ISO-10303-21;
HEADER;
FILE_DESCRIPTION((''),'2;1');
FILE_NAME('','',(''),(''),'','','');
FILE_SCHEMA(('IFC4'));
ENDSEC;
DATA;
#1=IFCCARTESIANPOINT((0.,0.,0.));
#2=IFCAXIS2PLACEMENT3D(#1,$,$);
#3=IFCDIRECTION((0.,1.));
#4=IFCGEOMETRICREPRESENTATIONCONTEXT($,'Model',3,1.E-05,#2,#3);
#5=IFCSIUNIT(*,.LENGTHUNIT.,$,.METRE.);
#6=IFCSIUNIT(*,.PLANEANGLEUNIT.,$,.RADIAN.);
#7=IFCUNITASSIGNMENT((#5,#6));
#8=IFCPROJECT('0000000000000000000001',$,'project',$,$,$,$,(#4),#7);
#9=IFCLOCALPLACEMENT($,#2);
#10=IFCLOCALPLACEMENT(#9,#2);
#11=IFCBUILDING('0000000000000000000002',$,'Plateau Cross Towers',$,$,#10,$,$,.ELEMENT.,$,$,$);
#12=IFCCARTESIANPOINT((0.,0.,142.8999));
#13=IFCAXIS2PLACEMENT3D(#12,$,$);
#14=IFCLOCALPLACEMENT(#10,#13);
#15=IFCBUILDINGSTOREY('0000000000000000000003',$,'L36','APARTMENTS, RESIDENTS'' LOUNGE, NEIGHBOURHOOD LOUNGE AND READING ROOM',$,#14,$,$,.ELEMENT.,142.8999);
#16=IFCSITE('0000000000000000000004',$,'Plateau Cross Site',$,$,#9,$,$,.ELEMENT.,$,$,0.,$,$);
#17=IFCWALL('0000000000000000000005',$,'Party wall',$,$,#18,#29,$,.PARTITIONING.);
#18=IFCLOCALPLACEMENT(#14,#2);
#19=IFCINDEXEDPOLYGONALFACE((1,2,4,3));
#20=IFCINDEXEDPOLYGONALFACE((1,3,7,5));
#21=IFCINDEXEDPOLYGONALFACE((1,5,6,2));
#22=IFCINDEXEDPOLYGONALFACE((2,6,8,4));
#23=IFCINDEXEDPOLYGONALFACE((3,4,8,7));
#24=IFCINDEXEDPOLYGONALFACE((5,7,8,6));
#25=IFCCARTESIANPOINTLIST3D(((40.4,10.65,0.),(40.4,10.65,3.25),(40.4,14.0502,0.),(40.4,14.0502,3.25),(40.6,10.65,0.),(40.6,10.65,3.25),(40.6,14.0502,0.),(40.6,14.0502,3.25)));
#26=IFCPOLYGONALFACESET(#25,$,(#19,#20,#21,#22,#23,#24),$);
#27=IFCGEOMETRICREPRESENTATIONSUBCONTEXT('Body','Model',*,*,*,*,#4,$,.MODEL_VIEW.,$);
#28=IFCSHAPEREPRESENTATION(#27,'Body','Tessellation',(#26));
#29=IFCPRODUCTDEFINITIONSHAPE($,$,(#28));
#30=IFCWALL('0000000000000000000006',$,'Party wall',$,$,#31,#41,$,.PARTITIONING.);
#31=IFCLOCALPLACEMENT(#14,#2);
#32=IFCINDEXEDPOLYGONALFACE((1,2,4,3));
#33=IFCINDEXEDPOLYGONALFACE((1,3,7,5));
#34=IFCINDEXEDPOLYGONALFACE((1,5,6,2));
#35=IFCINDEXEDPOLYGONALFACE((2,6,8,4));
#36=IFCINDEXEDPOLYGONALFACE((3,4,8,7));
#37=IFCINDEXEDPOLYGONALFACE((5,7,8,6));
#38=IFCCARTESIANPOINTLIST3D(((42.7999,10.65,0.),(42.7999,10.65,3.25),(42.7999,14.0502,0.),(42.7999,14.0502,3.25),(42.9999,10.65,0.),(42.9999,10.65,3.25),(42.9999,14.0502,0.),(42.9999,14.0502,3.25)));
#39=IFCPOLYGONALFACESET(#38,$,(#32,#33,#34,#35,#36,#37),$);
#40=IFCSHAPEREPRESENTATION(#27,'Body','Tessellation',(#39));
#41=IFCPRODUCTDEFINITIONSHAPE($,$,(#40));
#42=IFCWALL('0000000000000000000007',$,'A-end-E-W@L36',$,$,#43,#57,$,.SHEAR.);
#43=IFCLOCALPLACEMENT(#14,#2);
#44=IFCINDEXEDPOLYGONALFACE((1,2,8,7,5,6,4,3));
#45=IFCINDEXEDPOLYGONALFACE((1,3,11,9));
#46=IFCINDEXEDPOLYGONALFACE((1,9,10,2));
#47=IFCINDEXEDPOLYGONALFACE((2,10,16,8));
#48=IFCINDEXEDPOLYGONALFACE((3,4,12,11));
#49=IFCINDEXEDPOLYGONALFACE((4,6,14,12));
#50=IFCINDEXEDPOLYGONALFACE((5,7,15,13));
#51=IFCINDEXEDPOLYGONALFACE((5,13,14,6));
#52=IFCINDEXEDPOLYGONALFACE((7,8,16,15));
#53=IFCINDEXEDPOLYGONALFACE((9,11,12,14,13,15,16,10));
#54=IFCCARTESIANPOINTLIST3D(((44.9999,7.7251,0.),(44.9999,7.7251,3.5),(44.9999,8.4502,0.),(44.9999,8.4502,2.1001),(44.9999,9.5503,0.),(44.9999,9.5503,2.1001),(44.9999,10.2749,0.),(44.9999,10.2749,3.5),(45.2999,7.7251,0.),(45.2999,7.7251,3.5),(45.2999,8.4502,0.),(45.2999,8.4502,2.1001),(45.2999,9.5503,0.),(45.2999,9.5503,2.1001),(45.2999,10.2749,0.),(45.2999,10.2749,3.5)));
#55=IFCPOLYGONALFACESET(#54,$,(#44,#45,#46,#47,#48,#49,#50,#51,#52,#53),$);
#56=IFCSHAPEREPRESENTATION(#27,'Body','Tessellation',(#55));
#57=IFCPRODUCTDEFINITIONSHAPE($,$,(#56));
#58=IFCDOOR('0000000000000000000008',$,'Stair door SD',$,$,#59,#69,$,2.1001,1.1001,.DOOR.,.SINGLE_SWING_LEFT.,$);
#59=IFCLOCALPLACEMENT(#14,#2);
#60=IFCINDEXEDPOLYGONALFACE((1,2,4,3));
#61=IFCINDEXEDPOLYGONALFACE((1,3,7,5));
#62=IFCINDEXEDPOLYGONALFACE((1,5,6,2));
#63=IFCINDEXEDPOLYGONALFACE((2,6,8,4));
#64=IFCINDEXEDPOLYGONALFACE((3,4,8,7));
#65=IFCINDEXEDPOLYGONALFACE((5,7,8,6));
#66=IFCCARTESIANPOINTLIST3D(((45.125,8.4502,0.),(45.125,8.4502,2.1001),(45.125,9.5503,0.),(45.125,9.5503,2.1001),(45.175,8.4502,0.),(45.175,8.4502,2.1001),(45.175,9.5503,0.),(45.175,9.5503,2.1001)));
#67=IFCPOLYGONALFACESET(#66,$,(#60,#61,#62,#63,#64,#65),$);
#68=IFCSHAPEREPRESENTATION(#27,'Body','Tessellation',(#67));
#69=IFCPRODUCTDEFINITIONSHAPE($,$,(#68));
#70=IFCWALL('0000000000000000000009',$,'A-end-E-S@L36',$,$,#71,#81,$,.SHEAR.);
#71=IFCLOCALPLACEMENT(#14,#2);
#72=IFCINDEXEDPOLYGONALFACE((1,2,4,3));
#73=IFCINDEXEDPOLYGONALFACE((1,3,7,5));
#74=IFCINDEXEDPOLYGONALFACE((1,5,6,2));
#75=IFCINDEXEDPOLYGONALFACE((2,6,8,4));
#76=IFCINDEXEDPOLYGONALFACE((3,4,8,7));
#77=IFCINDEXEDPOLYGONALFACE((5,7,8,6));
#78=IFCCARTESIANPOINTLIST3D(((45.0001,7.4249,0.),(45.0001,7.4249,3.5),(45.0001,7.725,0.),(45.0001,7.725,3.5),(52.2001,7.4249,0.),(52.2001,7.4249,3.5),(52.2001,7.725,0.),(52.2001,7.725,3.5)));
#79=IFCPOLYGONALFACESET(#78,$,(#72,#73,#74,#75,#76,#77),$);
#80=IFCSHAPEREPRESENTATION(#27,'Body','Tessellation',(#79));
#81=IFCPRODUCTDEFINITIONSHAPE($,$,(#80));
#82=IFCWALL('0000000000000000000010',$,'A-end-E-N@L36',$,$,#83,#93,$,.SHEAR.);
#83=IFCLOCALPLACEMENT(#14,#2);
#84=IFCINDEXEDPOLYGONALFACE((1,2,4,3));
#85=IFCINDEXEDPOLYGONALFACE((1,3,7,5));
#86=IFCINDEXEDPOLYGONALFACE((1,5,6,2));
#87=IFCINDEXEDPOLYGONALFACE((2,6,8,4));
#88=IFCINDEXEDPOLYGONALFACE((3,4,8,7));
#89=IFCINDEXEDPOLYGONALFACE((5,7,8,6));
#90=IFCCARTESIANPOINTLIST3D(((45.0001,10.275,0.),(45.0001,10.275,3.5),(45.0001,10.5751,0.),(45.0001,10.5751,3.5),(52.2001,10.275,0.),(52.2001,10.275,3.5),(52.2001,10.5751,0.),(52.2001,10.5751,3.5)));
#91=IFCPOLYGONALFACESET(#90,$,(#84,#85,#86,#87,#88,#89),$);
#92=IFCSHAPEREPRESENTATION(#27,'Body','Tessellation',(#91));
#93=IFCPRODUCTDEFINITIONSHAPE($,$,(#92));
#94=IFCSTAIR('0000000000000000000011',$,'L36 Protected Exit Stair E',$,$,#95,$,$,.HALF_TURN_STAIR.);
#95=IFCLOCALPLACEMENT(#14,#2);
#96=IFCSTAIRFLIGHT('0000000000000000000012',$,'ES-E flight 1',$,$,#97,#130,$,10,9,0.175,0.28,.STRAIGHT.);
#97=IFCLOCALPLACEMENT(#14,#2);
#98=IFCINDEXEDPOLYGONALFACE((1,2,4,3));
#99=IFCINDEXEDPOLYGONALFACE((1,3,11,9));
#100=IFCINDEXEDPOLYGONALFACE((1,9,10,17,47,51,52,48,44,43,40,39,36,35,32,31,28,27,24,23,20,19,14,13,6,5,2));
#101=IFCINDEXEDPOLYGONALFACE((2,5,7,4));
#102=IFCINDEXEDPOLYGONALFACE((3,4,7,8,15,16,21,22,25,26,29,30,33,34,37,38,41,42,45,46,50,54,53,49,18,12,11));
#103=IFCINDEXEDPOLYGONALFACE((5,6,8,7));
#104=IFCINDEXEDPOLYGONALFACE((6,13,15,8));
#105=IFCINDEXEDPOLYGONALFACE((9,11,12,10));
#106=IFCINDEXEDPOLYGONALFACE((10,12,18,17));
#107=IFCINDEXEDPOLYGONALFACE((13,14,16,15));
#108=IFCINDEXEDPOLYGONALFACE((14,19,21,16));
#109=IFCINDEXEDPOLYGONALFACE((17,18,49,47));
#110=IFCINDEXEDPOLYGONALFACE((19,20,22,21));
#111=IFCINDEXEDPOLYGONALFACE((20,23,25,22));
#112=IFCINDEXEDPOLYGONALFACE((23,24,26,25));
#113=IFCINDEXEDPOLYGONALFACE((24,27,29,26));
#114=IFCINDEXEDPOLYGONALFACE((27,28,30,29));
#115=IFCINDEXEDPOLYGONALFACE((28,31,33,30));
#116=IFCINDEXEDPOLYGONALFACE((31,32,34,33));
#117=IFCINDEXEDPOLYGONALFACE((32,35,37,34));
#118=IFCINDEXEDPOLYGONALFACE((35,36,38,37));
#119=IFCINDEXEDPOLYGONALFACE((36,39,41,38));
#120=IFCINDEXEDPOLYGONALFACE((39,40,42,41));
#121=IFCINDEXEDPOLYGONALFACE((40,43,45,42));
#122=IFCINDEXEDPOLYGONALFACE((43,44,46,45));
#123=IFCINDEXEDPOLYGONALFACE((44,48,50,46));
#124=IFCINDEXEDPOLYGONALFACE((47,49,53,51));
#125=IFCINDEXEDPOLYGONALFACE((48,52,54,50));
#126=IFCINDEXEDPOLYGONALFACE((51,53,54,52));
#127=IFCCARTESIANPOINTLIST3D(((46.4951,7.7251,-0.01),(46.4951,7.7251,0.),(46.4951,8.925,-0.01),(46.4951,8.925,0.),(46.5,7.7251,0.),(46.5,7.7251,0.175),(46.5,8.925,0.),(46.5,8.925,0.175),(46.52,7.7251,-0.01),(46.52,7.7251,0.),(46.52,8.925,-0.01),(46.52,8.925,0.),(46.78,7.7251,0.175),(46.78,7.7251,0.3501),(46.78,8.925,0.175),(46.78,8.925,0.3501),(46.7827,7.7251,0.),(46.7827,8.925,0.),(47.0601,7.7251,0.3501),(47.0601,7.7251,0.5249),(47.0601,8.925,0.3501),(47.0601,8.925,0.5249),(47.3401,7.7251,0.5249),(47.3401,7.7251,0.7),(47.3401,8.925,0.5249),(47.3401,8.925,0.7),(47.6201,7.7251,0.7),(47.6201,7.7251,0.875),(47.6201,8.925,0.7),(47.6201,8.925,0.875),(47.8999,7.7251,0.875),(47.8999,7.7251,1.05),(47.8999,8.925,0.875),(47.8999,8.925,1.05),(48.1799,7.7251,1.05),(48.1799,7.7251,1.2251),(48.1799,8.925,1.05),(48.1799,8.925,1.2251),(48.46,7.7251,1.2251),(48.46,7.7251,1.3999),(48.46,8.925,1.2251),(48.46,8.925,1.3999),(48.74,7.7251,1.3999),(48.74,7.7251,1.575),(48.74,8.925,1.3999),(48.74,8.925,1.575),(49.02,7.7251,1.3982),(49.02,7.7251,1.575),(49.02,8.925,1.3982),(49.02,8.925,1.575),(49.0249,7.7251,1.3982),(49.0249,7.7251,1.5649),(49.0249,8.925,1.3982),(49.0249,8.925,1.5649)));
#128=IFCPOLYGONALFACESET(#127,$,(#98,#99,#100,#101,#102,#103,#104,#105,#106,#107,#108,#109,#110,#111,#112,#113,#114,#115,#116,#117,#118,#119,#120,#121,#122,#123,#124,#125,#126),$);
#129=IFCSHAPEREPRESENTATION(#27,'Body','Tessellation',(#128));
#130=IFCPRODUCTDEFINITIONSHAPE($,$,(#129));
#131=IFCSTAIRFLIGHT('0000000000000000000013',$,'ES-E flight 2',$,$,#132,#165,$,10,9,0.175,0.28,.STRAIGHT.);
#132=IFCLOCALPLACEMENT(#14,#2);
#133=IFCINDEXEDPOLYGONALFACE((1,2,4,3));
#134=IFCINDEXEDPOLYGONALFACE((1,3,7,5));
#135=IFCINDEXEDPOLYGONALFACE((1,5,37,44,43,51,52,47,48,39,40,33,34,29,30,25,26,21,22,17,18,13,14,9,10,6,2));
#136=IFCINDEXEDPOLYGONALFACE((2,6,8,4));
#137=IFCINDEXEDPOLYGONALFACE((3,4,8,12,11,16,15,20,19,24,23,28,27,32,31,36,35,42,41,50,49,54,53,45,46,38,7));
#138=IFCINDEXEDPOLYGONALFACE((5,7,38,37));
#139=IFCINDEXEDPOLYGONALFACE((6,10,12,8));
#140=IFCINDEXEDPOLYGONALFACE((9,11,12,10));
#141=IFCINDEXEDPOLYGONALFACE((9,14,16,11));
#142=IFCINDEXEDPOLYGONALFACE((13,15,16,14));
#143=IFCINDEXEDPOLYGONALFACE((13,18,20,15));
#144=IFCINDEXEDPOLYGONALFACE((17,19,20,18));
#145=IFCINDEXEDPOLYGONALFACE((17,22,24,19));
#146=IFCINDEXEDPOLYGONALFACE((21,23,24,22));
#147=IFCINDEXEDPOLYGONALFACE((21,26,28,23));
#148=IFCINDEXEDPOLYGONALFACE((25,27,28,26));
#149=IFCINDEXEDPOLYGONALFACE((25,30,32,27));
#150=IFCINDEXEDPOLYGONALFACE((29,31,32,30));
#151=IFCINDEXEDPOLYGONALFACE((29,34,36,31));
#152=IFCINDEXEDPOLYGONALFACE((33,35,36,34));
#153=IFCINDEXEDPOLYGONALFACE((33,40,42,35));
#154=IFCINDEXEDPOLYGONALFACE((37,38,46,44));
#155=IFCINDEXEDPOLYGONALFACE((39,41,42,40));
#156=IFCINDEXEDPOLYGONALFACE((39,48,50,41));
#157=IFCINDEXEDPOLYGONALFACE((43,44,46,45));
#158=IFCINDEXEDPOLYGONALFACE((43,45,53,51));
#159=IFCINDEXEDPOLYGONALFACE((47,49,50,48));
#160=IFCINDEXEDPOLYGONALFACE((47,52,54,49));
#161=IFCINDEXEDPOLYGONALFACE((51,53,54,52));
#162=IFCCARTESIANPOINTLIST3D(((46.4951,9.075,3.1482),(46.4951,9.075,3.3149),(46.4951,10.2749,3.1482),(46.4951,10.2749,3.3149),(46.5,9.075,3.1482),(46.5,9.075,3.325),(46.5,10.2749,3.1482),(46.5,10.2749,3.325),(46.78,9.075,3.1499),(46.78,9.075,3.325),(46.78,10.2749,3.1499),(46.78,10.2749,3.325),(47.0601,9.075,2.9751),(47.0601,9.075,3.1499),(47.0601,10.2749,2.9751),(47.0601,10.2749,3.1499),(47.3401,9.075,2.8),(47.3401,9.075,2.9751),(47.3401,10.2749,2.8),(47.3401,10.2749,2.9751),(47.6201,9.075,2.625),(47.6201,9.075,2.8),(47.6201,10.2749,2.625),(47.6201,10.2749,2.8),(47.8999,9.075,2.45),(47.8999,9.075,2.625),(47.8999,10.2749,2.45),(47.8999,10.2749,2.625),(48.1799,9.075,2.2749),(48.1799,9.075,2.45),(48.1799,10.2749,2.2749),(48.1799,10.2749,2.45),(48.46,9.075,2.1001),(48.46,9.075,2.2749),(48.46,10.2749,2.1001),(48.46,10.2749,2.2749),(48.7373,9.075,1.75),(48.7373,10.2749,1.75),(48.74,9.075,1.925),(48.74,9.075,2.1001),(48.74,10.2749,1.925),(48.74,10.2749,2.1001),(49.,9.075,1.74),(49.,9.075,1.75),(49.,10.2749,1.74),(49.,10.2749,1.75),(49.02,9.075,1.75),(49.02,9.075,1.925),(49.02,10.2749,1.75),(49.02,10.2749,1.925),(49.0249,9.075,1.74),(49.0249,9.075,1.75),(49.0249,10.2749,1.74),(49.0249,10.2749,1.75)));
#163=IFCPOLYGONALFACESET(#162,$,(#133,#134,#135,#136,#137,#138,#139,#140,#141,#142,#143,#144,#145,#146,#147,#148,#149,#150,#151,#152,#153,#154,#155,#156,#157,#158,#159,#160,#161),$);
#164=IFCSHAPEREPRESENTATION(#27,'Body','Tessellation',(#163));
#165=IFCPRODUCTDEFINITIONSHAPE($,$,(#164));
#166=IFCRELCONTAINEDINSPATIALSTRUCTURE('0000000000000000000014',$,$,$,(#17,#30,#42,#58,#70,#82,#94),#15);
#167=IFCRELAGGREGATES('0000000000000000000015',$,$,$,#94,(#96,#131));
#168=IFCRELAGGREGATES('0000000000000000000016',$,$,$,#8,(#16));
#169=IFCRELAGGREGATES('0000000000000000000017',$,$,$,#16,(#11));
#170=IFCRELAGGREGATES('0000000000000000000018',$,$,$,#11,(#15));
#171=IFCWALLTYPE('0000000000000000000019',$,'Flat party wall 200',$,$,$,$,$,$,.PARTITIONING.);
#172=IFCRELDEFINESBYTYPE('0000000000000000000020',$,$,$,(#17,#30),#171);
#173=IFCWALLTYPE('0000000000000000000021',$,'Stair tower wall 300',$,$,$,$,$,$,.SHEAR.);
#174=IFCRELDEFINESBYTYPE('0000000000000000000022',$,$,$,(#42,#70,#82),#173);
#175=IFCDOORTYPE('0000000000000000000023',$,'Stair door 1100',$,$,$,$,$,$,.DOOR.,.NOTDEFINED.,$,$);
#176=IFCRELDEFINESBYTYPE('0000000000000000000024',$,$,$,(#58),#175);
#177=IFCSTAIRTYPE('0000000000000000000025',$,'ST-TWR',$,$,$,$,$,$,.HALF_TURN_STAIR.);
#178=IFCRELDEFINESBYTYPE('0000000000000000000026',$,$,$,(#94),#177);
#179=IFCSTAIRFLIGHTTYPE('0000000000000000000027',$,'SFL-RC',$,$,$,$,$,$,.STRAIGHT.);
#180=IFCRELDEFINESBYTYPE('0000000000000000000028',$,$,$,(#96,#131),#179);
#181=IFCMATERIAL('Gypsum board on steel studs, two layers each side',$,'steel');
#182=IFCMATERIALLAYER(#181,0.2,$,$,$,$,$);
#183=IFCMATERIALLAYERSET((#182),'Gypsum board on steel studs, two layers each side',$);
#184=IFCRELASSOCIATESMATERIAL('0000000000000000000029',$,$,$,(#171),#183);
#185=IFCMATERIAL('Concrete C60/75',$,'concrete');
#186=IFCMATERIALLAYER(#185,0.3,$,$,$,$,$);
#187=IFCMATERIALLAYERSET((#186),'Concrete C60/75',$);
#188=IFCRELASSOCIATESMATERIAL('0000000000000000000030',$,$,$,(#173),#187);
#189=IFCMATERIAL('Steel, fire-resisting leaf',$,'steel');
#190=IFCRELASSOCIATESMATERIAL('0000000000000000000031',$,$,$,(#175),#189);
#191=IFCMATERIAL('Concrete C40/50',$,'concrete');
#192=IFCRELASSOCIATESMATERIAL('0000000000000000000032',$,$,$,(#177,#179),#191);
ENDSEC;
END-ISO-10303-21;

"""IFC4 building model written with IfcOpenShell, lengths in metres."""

from ifc_helpers import new_model, si_unit, direction, frame, frame_2d, origin, place, context, subcontext, project, spatial, polyline, rectangle, outline, extrude, material, layer, layer_set, type_object, element, fill, aggregate, save


model = new_model("IFC4")

# Units and contexts
model_context = context("Model", 3, precision=1e-05, world=origin(), true_north=direction((0.0, 1.0)))
body_context = subcontext(model_context, "Body", "Model", "MODEL_VIEW")
ifc_project = project(units=[si_unit("LENGTHUNIT", "METRE"), si_unit("PLANEANGLEUNIT", "RADIAN")], contexts=[model_context])

# Site, building, storey
site_placement = place(None, origin())
site = spatial("IfcSite", under=ifc_project, at=site_placement, Name="Plateau Cross Site", CompositionType="ELEMENT", RefElevation=0.0)
building_placement = place(site_placement, origin())
building = spatial("IfcBuilding", under=site, at=building_placement, Name="Plateau Cross Towers", CompositionType="ELEMENT")
storey_placement = place(building_placement, frame((0.0, 0.0, 142.8999)))
storey = spatial("IfcBuildingStorey", under=building, at=storey_placement, Name="L36", Description="APARTMENTS, RESIDENTS' LOUNGE, NEIGHBOURHOOD LOUNGE AND READING ROOM", CompositionType="ELEMENT", Elevation=142.8999)

# Walls
ifc_material_1 = material(Name="Gypsum board on steel studs, two layers each side", Category="steel")
ifc_layer_1 = layer(ifc_material_1, 0.2)
ifc_layer_set_1 = layer_set([ifc_layer_1], Name="Gypsum board on steel studs, two layers each side")
wall_type_1 = type_object("IfcWallType", Name="Flat party wall 200", PredefinedType="PARTITIONING", material=ifc_layer_set_1)
for number, where, z_axis, x_axis, name in (
    (1, (40.5, 10.6499, 0.0), (0.0, 0.0, 1.0), (0.0, 1.0, 0.0), "Party wall"),
    (2, (42.8999, 10.6499, 0.0), (0.0, 0.0, 1.0), (0.0, 1.0, 0.0), "Party wall"),
):
    element("IfcWall", number, at=place(storey_placement, frame(where, z_axis=z_axis, x_axis=x_axis)), inside=storey, type_object=wall_type_1, Name=name, PredefinedType="PARTITIONING", context=body_context, shape_type="SweptSolid", body=[
        extrude(rectangle(XDim=3.4001, YDim=0.2, at=frame_2d((1.7002, 0.0))), origin(), (0.0, 0.0, 1.0), 3.25),
    ])

# Wall, opening, door
ifc_material_2 = material(Name="Concrete C60/75", Category="concrete")
ifc_layer_2 = layer(ifc_material_2, 0.3)
ifc_layer_set_2 = layer_set([ifc_layer_2], Name="Concrete C60/75")
wall_type_2 = type_object("IfcWallType", Name="Stair tower wall 300", PredefinedType="SHEAR", material=ifc_layer_set_2)
wall_1_placement = place(storey_placement, frame((45.1499, 7.7251, 0.0), z_axis=(0.0, 0.0, 1.0), x_axis=(0.0, 1.0, 0.0)))
wall_1 = element("IfcWall", 3, at=wall_1_placement, inside=storey, type_object=wall_type_2, Name="A-end-E-W@L36", PredefinedType="SHEAR", context=body_context, shape_type="SweptSolid", body=[
    extrude(rectangle(XDim=2.5498, YDim=0.3, at=frame_2d((1.2749, 0.0))), origin(), (0.0, 0.0, 1.0), 3.5),
])
opening_1_placement = place(wall_1_placement, frame((0.7251, 0.0, 0.0)))
opening_1 = element("IfcOpeningElement", 4, at=opening_1_placement, cuts=wall_1, PredefinedType="OPENING", context=body_context, shape_type="SweptSolid", body=[
    extrude(rectangle(XDim=1.1001, YDim=2.1001, at=frame_2d((0.55, 1.05))), frame((0.0, 0.1599, 0.0), z_axis=(0.0, -1.0, 0.0), x_axis=(1.0, 0.0, 0.0)), (0.0, 0.0, 1.0), 0.3201),
])
ifc_material_3 = material(Name="Steel, fire-resisting leaf", Category="steel")
door_type_1 = type_object("IfcDoorType", Name="Stair door 1100", OperationType="NOTDEFINED", PredefinedType="DOOR", material=ifc_material_3)
door_1_placement = place(opening_1_placement, origin())
door_1 = element("IfcDoor", 5, at=door_1_placement, inside=storey, type_object=door_type_1, Name="Stair door SD", OperationType="SINGLE_SWING_LEFT", OverallHeight=2.1001, OverallWidth=1.1001, PredefinedType="DOOR", context=body_context, shape_type="SweptSolid", body=[
    extrude(rectangle(XDim=1.1001, YDim=2.1001, at=frame_2d((0.55, 1.05))), frame((0.0, 0.0249, 0.0), z_axis=(0.0, -1.0, 0.0), x_axis=(1.0, 0.0, 0.0)), (0.0, 0.0, 1.0), 0.05),
])
fill(opening_1, door_1)

# Walls
for number, where, z_axis, x_axis, name in (
    (6, (45.0, 7.575, 0.0), (0.0, 0.0, 1.0), (1.0, 0.0, 0.0), "A-end-E-S@L36"),
    (7, (45.0, 10.425, 0.0), (0.0, 0.0, 1.0), (1.0, 0.0, 0.0), "A-end-E-N@L36"),
):
    element("IfcWall", number, at=place(storey_placement, frame(where, z_axis=z_axis, x_axis=x_axis)), inside=storey, type_object=wall_type_2, Name=name, PredefinedType="SHEAR", context=body_context, shape_type="SweptSolid", body=[
        extrude(rectangle(XDim=7.2, YDim=0.3, at=frame_2d((3.6001, 0.0))), origin(), (0.0, 0.0, 1.0), 3.5),
    ])

# Stair, stair flights
ifc_material_4 = material(Name="Concrete C40/50", Category="concrete")
stair_type = type_object("IfcStairType", Name="ST-TWR", PredefinedType="HALF_TURN_STAIR", material=ifc_material_4)
stair_placement = place(storey_placement, origin())
stair = element("IfcStair", 8, at=stair_placement, inside=storey, type_object=stair_type, Name="L36 Protected Exit Stair E", PredefinedType="HALF_TURN_STAIR")
stair_flight_type = type_object("IfcStairFlightType", Name="SFL-RC", PredefinedType="STRAIGHT", material=ifc_material_4)
stair_flight_1_placement = place(storey_placement, frame((46.5, 8.325, 0.0), z_axis=(0.0, 0.0, 1.0), x_axis=(1.0, 0.0, 0.0)))
stair_flight_1 = element("IfcStairFlight", 9, at=stair_flight_1_placement, type_object=stair_flight_type, Name="ES-E flight 1", NumberOfRisers=10, NumberOfTreads=9, PredefinedType="STRAIGHT", RiserHeight=0.175, TreadLength=0.28, context=body_context, shape_type="SweptSolid", body=[
    extrude(outline(polyline([(-0.0049, -0.01), (-0.0049, 0.0), (0.0, 0.0), (0.0, 0.175), (0.28, 0.175), (0.28, 0.3501), (0.5601, 0.3501), (0.5601, 0.5249), (0.8401, 0.5249), (0.8401, 0.7), (1.1201, 0.7), (1.1201, 0.875), (1.3999, 0.875), (1.3999, 1.05), (1.6799, 1.05), (1.6799, 1.2251), (1.96, 1.2251), (1.96, 1.3999), (2.24, 1.3999), (2.24, 1.575), (2.52, 1.575), (2.5249, 1.5649), (2.5249, 1.3982), (2.52, 1.3982), (0.2827, 0.0), (0.02, 0.0), (0.02, -0.01), (-0.0049, -0.01)])), frame((0.0, 0.6001, 0.0), z_axis=(0.0, -1.0, 0.0), x_axis=(1.0, 0.0, 0.0)), (0.0, 0.0, 1.0), 1.2),
])
stair_flight_2_placement = place(storey_placement, frame((49.02, 9.675, 1.75), z_axis=(0.0, 0.0, 1.0), x_axis=(-1.0, 0.0, 0.0)))
stair_flight_2 = element("IfcStairFlight", 10, at=stair_flight_2_placement, type_object=stair_flight_type, Name="ES-E flight 2", NumberOfRisers=10, NumberOfTreads=9, PredefinedType="STRAIGHT", RiserHeight=0.175, TreadLength=0.28, context=body_context, shape_type="SweptSolid", body=[
    extrude(outline(polyline([(-0.0049, -0.01), (-0.0049, 0.0), (0.0, 0.0), (0.0, 0.175), (0.28, 0.175), (0.28, 0.3501), (0.5601, 0.3501), (0.5601, 0.5249), (0.8401, 0.5249), (0.8401, 0.7), (1.1201, 0.7), (1.1201, 0.875), (1.3999, 0.875), (1.3999, 1.05), (1.6799, 1.05), (1.6799, 1.2251), (1.96, 1.2251), (1.96, 1.3999), (2.24, 1.3999), (2.24, 1.575), (2.52, 1.575), (2.5249, 1.5649), (2.5249, 1.3982), (2.52, 1.3982), (0.2827, 0.0), (0.02, 0.0), (0.02, -0.01), (-0.0049, -0.01)])), frame((0.0, 0.6001, 0.0), z_axis=(0.0, -1.0, 0.0), x_axis=(1.0, 0.0, 0.0)), (0.0, 0.0, 1.0), 1.2),
])
aggregate(stair, [stair_flight_1, stair_flight_2])

save(model, "model.ifc")
